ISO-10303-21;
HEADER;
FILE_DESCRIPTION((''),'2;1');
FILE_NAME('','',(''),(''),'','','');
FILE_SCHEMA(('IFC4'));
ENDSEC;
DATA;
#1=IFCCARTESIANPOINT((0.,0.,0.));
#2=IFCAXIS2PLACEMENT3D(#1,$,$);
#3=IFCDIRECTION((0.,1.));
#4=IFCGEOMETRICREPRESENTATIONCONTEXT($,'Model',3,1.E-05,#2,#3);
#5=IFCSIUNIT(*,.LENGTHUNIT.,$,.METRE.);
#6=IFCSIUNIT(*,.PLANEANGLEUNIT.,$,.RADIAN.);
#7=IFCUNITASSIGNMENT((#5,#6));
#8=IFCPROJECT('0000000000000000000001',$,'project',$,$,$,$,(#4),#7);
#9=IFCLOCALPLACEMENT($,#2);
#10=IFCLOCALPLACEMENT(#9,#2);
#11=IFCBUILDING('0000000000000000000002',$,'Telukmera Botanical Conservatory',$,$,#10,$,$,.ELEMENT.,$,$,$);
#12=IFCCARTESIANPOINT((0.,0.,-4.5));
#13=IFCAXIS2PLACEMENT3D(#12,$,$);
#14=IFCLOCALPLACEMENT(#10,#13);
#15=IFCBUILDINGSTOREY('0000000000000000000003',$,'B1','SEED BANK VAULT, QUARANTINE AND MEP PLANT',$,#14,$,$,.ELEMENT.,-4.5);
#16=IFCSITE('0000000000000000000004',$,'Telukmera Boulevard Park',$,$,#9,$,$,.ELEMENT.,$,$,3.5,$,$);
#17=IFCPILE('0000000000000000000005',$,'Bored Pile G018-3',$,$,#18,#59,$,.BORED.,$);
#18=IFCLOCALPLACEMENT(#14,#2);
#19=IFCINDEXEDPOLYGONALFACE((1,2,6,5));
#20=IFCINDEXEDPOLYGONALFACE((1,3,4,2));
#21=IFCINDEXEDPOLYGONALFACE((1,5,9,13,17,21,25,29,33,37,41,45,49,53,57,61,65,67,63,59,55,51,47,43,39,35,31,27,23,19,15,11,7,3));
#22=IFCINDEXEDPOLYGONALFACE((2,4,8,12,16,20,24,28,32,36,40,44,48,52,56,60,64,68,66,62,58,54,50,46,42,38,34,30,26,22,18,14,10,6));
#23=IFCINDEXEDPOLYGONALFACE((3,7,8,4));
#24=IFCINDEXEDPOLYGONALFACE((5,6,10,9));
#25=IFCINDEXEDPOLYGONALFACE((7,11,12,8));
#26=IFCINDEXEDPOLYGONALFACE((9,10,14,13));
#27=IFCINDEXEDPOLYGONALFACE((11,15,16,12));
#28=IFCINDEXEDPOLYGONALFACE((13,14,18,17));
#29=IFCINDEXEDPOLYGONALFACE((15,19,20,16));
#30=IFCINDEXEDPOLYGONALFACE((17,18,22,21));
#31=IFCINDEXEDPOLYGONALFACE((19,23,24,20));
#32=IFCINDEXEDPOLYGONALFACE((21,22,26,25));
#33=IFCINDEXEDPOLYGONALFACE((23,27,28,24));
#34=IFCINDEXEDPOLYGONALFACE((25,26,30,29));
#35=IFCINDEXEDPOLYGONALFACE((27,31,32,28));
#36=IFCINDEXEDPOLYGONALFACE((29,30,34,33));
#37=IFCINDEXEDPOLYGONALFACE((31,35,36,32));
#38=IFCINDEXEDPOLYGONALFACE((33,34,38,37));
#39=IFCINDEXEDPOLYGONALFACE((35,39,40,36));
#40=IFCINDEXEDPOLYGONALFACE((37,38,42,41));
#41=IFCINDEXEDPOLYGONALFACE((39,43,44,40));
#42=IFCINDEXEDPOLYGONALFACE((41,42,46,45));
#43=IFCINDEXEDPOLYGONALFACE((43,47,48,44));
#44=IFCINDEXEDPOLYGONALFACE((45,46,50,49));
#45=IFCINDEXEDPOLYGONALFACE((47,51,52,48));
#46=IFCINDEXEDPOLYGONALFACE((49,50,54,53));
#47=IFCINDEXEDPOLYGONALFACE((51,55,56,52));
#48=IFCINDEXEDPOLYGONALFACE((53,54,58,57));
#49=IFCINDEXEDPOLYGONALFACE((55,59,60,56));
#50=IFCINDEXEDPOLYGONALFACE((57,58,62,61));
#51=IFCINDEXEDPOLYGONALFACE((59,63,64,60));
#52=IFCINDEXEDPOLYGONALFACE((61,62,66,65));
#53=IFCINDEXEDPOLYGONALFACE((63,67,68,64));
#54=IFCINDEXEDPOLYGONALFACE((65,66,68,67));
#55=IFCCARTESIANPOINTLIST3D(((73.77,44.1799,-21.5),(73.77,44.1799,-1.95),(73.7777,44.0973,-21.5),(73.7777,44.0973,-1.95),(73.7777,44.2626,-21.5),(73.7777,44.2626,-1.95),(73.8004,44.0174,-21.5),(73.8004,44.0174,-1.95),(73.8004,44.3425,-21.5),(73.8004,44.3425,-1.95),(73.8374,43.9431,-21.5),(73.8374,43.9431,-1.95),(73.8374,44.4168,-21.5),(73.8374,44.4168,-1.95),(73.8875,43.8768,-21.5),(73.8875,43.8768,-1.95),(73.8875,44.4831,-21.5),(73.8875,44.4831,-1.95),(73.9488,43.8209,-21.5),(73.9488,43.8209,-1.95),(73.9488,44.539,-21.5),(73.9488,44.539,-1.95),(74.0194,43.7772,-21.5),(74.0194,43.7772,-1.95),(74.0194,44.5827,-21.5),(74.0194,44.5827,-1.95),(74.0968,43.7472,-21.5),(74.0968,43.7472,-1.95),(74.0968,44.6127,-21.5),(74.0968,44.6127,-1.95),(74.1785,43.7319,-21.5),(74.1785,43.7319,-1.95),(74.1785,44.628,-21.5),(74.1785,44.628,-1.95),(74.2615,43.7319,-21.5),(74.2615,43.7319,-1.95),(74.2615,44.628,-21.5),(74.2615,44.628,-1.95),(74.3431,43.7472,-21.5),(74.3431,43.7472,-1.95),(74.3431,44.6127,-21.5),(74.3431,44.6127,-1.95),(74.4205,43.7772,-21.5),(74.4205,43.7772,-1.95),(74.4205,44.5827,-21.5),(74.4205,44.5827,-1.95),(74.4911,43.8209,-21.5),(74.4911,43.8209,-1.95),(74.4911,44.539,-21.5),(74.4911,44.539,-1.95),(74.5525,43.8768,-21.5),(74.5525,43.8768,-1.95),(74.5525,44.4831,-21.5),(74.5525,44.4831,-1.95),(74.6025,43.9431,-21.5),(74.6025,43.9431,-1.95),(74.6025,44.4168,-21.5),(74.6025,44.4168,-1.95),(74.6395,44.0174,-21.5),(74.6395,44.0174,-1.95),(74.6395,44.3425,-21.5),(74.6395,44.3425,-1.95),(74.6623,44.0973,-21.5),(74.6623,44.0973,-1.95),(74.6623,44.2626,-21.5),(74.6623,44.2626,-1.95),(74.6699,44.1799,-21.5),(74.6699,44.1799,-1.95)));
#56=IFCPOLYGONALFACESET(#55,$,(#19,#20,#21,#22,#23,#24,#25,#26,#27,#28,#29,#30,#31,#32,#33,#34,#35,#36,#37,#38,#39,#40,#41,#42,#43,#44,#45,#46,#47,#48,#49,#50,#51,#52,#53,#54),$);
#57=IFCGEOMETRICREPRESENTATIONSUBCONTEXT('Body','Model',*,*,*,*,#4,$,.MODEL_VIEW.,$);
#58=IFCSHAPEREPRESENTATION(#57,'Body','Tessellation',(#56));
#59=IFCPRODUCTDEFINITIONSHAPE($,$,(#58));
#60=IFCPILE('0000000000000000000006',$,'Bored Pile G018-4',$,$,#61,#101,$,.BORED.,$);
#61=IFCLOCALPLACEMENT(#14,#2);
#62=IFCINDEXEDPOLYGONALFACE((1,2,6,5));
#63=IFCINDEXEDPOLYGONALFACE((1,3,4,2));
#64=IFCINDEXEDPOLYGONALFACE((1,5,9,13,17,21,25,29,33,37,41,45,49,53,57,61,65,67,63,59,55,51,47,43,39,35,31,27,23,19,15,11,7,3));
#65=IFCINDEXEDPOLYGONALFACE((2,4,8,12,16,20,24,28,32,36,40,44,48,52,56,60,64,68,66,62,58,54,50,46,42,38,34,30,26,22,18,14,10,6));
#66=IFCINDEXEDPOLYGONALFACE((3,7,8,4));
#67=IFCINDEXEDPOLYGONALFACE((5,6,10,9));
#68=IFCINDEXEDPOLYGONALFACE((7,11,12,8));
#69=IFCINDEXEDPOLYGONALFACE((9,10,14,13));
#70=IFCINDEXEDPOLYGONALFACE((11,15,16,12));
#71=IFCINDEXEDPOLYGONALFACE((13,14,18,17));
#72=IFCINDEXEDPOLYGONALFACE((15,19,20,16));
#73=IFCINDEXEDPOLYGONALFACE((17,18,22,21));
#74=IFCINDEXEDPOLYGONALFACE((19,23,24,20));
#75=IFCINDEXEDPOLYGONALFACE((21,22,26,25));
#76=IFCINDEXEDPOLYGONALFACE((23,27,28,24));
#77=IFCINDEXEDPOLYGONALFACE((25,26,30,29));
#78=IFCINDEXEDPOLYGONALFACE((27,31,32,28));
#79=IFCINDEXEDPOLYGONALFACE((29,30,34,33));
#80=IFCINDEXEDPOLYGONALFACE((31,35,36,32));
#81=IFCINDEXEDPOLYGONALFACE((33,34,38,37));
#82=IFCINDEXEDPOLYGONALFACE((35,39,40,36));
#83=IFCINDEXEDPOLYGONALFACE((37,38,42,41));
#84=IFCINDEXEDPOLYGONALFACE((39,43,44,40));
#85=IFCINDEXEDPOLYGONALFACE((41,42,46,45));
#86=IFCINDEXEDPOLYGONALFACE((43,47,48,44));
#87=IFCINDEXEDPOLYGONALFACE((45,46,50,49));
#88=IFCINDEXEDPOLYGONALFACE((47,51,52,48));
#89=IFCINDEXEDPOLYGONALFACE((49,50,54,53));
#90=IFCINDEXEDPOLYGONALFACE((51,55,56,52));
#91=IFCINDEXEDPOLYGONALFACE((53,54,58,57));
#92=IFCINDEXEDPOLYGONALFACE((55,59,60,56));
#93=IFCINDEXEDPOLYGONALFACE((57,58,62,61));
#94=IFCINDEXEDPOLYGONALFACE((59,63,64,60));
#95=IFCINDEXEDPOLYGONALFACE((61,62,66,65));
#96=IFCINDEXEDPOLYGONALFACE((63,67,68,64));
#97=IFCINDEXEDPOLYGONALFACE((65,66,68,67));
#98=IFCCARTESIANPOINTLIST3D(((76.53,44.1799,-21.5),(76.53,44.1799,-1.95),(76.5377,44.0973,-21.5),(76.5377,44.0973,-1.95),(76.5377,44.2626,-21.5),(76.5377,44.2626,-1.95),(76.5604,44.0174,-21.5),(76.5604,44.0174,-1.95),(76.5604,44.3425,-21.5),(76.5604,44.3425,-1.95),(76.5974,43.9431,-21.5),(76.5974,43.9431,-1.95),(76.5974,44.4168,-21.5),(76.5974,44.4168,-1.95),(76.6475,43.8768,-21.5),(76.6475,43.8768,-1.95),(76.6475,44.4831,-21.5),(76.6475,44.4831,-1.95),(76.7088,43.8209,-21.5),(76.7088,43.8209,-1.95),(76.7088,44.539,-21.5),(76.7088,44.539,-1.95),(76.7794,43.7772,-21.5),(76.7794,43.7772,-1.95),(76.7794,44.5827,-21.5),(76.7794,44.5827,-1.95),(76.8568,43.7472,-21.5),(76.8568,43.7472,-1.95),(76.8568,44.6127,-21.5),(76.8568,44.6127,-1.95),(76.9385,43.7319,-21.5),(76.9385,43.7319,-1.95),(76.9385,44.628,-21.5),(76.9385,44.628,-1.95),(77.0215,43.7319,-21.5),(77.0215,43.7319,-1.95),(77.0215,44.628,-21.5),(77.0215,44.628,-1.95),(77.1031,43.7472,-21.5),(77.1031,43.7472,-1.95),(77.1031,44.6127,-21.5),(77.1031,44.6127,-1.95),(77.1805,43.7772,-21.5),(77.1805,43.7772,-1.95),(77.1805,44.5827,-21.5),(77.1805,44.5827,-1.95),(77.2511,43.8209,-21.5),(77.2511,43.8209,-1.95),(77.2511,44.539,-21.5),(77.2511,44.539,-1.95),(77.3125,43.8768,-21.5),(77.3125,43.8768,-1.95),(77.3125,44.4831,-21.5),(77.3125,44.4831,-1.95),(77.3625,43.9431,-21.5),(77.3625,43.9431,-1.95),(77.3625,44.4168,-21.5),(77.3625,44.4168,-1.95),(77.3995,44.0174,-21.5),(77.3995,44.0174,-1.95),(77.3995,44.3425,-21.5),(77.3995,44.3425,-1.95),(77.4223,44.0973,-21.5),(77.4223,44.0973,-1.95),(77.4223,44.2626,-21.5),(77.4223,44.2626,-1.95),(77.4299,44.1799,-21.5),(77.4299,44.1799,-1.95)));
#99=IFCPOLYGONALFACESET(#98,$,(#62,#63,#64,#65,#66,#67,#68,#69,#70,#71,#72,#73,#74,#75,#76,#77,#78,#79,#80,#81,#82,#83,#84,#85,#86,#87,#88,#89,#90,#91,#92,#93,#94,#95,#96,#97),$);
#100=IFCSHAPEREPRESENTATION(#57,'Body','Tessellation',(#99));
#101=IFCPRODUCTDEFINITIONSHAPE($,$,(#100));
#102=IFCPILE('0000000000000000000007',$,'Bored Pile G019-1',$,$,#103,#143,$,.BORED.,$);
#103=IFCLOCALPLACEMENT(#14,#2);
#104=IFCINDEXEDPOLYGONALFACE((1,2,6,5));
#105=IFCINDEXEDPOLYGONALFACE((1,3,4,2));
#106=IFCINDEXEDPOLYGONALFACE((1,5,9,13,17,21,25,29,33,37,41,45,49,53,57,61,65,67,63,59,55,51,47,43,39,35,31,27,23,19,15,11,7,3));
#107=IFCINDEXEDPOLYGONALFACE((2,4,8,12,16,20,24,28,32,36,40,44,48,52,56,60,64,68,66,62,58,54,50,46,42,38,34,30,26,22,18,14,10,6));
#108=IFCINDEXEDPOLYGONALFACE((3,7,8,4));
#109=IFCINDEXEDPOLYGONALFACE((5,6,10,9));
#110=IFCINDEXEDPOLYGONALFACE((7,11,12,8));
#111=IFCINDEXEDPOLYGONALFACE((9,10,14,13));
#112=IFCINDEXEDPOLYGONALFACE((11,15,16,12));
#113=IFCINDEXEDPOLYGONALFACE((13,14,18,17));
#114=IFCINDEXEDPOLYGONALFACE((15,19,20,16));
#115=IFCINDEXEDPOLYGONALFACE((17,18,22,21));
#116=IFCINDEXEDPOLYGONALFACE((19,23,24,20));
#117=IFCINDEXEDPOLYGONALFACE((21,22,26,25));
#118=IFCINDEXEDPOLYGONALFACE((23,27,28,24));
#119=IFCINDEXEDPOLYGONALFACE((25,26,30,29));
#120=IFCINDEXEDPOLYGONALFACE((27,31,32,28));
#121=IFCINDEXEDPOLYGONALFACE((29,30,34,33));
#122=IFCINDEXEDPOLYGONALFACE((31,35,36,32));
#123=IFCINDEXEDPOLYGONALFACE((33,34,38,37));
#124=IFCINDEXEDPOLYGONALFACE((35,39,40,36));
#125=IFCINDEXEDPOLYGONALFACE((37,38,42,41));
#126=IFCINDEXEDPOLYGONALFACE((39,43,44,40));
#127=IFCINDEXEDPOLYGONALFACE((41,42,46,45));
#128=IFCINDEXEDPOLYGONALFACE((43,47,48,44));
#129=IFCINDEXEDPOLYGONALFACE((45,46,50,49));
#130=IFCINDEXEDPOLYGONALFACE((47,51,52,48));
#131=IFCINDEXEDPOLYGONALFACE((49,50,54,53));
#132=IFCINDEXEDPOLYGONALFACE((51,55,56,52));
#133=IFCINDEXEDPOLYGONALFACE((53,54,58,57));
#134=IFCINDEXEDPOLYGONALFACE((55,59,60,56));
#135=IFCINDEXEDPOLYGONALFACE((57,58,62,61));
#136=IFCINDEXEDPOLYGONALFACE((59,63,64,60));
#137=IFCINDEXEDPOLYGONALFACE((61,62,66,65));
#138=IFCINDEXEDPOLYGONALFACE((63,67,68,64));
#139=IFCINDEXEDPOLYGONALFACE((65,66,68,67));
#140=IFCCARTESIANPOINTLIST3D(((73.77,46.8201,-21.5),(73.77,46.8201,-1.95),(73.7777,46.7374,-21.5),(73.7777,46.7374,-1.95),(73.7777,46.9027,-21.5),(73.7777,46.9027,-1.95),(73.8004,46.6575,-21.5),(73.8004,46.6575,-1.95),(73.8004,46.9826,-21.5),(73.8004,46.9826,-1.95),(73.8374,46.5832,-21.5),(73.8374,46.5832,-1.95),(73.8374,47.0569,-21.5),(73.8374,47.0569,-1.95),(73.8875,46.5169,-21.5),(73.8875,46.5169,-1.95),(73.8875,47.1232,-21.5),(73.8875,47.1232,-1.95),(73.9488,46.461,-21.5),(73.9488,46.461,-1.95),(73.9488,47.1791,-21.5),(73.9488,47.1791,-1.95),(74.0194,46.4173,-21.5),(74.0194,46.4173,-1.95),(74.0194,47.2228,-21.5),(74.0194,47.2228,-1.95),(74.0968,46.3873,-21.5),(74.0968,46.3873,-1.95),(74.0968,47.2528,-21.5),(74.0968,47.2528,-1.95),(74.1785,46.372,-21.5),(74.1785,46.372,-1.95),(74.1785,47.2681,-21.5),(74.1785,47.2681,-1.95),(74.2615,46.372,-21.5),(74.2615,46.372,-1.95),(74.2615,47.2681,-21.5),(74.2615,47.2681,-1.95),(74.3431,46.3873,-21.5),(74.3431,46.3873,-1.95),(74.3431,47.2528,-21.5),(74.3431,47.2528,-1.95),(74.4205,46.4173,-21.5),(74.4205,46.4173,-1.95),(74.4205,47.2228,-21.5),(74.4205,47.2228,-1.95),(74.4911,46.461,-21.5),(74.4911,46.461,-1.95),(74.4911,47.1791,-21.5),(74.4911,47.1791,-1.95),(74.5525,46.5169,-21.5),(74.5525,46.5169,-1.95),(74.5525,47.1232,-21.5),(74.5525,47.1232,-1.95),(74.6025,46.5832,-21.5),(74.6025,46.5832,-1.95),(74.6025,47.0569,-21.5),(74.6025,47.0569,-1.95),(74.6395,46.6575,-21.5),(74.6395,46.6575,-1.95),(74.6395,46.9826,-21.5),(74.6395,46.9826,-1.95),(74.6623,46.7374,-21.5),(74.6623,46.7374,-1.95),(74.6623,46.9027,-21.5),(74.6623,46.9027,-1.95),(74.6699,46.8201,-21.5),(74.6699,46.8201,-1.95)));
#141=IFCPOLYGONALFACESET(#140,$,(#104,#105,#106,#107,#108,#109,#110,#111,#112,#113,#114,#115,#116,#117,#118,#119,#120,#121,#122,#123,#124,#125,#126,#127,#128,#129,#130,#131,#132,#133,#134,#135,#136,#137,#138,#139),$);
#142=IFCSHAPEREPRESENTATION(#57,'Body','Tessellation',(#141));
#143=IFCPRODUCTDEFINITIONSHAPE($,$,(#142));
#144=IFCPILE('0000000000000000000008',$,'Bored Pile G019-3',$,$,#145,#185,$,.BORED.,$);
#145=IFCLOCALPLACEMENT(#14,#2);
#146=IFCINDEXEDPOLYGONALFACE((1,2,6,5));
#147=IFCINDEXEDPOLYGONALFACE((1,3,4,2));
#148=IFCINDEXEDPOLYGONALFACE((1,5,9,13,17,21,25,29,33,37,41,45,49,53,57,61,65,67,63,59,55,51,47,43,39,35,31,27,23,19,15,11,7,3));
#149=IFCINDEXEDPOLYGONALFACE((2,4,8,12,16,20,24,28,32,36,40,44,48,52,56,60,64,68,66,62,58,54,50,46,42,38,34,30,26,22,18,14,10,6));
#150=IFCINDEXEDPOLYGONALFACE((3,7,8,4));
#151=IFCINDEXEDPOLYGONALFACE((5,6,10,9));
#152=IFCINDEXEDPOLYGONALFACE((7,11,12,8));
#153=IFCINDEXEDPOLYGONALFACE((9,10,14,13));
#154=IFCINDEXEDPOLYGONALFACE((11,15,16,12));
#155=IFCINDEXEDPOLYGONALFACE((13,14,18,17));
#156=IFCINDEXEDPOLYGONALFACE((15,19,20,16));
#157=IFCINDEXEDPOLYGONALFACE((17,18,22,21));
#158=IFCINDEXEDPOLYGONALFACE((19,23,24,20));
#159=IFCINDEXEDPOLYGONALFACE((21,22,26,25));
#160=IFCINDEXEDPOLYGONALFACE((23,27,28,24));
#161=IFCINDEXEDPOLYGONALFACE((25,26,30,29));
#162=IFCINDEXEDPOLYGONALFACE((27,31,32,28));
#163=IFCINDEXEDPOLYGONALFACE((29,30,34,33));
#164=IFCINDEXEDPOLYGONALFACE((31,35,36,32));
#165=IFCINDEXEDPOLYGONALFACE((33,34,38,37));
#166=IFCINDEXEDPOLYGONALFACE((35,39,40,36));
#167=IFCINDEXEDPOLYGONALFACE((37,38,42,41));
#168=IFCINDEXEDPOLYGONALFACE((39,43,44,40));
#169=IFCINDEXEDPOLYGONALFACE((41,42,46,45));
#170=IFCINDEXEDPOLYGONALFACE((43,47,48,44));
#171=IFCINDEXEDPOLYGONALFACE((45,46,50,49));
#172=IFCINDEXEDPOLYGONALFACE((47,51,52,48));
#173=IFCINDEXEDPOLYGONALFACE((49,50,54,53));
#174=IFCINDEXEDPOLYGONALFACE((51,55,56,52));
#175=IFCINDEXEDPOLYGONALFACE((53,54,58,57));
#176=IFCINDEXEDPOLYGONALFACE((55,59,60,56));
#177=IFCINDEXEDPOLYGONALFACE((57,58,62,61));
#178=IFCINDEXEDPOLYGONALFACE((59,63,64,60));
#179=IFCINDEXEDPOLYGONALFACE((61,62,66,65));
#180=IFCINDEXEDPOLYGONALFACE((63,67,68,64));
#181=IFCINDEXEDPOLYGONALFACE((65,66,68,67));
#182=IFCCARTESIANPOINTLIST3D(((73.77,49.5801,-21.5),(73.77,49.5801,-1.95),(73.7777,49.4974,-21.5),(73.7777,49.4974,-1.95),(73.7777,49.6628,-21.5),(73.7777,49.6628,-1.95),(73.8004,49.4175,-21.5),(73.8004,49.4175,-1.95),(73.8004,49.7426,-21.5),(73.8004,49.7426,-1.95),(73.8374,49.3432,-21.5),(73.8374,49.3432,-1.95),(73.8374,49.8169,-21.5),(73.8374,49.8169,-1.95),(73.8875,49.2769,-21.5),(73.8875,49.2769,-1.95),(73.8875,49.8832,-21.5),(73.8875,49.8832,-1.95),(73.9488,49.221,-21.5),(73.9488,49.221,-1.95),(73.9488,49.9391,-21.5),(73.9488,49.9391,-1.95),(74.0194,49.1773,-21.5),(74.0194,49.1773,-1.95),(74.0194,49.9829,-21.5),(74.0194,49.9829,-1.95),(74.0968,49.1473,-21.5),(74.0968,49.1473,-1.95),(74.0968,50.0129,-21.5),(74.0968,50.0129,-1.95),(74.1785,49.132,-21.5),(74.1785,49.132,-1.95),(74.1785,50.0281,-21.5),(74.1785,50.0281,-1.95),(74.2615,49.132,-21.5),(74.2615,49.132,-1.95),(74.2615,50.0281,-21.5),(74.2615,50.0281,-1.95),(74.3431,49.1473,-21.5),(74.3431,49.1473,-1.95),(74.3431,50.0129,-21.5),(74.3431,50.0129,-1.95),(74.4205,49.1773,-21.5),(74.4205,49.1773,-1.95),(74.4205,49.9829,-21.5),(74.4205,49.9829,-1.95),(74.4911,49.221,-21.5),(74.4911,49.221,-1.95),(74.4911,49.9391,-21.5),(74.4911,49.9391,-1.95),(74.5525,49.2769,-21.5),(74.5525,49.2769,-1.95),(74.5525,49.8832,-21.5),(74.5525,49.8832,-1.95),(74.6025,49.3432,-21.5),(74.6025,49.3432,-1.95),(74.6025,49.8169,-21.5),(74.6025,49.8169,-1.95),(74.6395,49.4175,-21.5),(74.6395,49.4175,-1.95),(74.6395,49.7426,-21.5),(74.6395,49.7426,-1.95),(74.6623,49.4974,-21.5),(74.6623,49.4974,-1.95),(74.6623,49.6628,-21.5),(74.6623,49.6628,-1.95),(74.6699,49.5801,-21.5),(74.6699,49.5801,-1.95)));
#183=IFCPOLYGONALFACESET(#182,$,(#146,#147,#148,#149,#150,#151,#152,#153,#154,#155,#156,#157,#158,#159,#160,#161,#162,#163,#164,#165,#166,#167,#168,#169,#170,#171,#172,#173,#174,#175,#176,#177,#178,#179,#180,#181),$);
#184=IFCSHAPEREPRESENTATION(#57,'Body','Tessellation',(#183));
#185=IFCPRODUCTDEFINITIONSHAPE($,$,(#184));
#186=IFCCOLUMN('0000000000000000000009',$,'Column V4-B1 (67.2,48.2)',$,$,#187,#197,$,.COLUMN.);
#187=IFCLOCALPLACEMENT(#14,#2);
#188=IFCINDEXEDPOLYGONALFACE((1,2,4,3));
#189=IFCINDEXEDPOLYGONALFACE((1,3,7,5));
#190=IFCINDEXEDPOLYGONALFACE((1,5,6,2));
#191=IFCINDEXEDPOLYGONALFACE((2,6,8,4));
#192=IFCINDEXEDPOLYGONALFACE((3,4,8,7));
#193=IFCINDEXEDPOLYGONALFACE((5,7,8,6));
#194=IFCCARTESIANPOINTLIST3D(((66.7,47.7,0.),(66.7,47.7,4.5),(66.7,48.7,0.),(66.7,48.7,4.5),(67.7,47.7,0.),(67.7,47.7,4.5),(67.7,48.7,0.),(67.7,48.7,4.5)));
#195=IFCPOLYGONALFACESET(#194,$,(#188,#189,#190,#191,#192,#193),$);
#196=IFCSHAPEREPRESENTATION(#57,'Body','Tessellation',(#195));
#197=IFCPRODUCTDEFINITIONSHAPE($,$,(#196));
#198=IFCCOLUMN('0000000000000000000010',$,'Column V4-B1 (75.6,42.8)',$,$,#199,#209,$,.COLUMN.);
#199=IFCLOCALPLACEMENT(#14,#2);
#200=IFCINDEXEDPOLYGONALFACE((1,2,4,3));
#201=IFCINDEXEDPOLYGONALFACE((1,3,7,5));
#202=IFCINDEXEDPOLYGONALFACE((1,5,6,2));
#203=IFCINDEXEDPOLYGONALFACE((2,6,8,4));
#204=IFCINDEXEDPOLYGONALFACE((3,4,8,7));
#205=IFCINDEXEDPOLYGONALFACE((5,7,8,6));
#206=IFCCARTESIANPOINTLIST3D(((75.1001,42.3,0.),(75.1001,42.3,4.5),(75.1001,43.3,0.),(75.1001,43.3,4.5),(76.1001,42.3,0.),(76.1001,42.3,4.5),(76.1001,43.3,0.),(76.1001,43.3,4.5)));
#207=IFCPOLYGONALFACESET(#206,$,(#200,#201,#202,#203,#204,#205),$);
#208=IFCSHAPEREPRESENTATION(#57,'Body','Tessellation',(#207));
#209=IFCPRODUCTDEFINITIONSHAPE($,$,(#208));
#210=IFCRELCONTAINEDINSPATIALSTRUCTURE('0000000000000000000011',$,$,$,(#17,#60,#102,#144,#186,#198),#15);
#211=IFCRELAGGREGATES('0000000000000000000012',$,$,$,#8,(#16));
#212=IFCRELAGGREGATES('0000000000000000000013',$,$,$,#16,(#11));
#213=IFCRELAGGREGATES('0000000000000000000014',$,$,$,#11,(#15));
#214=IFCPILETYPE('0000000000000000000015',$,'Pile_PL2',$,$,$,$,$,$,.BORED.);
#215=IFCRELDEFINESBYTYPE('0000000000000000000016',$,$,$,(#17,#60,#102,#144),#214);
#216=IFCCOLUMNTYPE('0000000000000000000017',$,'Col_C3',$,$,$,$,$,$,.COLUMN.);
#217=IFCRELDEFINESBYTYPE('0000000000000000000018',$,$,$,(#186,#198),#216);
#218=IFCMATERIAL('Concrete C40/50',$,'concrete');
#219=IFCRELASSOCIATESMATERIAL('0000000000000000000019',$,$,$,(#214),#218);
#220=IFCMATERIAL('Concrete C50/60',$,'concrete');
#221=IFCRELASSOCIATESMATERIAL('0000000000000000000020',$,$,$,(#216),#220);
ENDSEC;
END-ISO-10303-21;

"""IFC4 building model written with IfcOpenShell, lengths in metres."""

from ifc_helpers import new_model, si_unit, direction, frame, origin, origin_2d, place, context, subcontext, project, spatial, rectangle, circle, extrude, material, material_profile, profile_set, type_object, element, save


model = new_model("IFC4")

# Units and contexts
model_context = context("Model", 3, precision=1e-05, world=origin(), true_north=direction((0.0, 1.0)))
body_context = subcontext(model_context, "Body", "Model", "MODEL_VIEW")
ifc_project = project(units=[si_unit("LENGTHUNIT", "METRE"), si_unit("PLANEANGLEUNIT", "RADIAN")], contexts=[model_context])

# Site, building, storey
site_placement = place(None, origin())
site = spatial("IfcSite", under=ifc_project, at=site_placement, Name="Telukmera Boulevard Park", CompositionType="ELEMENT", RefElevation=3.5)
building_placement = place(site_placement, origin())
building = spatial("IfcBuilding", under=site, at=building_placement, Name="Telukmera Botanical Conservatory", CompositionType="ELEMENT")
storey_placement = place(building_placement, frame((0.0, 0.0, -4.5)))
storey = spatial("IfcBuildingStorey", under=building, at=storey_placement, Name="B1", Description="SEED BANK VAULT, QUARANTINE AND MEP PLANT", CompositionType="ELEMENT", Elevation=-4.5)

# Shared definitions
ifc_material_1 = material(Name="Concrete C50/60", Category="concrete")
ifc_material_2 = material(Name="Concrete C40/50", Category="concrete")

# Piles
ifc_material_profile_1 = material_profile(ifc_material_2, circle(Radius=0.45, at=origin_2d()), Name="PILE D900")
ifc_profile_set_1 = profile_set([ifc_material_profile_1], Name="Concrete C40/50")
pile_type = type_object("IfcPileType", Name="Pile_PL2", PredefinedType="BORED", material=ifc_profile_set_1)
for number, where, z_axis, x_axis, name in (
    (1, (74.22, 44.1799, -1.95), (0.0, 0.0, -1.0), (1.0, 0.0, 0.0), "Bored Pile G018-3"),
    (2, (76.98, 44.1799, -1.95), (0.0, 0.0, -1.0), (1.0, 0.0, 0.0), "Bored Pile G018-4"),
    (3, (74.22, 46.8201, -1.95), (0.0, 0.0, -1.0), (1.0, 0.0, 0.0), "Bored Pile G019-1"),
    (4, (74.22, 49.5801, -1.95), (0.0, 0.0, -1.0), (1.0, 0.0, 0.0), "Bored Pile G019-3"),
):
    element("IfcPile", number, at=place(storey_placement, frame(where, z_axis=z_axis, x_axis=x_axis)), inside=storey, type_object=pile_type, Name=name, PredefinedType="BORED", context=body_context, shape_type="SweptSolid", body=[
        extrude(circle(Radius=0.45, at=origin_2d()), origin(), (0.0, 0.0, 1.0), 19.55),
    ])

# Columns
ifc_material_profile_2 = material_profile(ifc_material_1, rectangle(XDim=1.0, YDim=1.0, at=origin_2d()), Name="RC 1000x1000")
ifc_profile_set_2 = profile_set([ifc_material_profile_2], Name="Concrete C50/60")
column_type = type_object("IfcColumnType", Name="Col_C3", PredefinedType="COLUMN", material=ifc_profile_set_2)
for number, where, z_axis, x_axis, name in (
    (5, (67.2, 48.2, 0.0), (0.0, 0.0, 1.0), (1.0, 0.0, 0.0), "Column V4-B1 (67.2,48.2)"),
    (6, (75.6001, 42.8, 0.0), (0.0, 0.0, 1.0), (1.0, 0.0, 0.0), "Column V4-B1 (75.6,42.8)"),
):
    element("IfcColumn", number, at=place(storey_placement, frame(where, z_axis=z_axis, x_axis=x_axis)), inside=storey, type_object=column_type, Name=name, PredefinedType="COLUMN", context=body_context, shape_type="SweptSolid", body=[
        extrude(rectangle(XDim=1.0, YDim=1.0, at=origin_2d()), origin(), (0.0, 0.0, 1.0), 4.5),
    ])

save(model, "model.ifc")
